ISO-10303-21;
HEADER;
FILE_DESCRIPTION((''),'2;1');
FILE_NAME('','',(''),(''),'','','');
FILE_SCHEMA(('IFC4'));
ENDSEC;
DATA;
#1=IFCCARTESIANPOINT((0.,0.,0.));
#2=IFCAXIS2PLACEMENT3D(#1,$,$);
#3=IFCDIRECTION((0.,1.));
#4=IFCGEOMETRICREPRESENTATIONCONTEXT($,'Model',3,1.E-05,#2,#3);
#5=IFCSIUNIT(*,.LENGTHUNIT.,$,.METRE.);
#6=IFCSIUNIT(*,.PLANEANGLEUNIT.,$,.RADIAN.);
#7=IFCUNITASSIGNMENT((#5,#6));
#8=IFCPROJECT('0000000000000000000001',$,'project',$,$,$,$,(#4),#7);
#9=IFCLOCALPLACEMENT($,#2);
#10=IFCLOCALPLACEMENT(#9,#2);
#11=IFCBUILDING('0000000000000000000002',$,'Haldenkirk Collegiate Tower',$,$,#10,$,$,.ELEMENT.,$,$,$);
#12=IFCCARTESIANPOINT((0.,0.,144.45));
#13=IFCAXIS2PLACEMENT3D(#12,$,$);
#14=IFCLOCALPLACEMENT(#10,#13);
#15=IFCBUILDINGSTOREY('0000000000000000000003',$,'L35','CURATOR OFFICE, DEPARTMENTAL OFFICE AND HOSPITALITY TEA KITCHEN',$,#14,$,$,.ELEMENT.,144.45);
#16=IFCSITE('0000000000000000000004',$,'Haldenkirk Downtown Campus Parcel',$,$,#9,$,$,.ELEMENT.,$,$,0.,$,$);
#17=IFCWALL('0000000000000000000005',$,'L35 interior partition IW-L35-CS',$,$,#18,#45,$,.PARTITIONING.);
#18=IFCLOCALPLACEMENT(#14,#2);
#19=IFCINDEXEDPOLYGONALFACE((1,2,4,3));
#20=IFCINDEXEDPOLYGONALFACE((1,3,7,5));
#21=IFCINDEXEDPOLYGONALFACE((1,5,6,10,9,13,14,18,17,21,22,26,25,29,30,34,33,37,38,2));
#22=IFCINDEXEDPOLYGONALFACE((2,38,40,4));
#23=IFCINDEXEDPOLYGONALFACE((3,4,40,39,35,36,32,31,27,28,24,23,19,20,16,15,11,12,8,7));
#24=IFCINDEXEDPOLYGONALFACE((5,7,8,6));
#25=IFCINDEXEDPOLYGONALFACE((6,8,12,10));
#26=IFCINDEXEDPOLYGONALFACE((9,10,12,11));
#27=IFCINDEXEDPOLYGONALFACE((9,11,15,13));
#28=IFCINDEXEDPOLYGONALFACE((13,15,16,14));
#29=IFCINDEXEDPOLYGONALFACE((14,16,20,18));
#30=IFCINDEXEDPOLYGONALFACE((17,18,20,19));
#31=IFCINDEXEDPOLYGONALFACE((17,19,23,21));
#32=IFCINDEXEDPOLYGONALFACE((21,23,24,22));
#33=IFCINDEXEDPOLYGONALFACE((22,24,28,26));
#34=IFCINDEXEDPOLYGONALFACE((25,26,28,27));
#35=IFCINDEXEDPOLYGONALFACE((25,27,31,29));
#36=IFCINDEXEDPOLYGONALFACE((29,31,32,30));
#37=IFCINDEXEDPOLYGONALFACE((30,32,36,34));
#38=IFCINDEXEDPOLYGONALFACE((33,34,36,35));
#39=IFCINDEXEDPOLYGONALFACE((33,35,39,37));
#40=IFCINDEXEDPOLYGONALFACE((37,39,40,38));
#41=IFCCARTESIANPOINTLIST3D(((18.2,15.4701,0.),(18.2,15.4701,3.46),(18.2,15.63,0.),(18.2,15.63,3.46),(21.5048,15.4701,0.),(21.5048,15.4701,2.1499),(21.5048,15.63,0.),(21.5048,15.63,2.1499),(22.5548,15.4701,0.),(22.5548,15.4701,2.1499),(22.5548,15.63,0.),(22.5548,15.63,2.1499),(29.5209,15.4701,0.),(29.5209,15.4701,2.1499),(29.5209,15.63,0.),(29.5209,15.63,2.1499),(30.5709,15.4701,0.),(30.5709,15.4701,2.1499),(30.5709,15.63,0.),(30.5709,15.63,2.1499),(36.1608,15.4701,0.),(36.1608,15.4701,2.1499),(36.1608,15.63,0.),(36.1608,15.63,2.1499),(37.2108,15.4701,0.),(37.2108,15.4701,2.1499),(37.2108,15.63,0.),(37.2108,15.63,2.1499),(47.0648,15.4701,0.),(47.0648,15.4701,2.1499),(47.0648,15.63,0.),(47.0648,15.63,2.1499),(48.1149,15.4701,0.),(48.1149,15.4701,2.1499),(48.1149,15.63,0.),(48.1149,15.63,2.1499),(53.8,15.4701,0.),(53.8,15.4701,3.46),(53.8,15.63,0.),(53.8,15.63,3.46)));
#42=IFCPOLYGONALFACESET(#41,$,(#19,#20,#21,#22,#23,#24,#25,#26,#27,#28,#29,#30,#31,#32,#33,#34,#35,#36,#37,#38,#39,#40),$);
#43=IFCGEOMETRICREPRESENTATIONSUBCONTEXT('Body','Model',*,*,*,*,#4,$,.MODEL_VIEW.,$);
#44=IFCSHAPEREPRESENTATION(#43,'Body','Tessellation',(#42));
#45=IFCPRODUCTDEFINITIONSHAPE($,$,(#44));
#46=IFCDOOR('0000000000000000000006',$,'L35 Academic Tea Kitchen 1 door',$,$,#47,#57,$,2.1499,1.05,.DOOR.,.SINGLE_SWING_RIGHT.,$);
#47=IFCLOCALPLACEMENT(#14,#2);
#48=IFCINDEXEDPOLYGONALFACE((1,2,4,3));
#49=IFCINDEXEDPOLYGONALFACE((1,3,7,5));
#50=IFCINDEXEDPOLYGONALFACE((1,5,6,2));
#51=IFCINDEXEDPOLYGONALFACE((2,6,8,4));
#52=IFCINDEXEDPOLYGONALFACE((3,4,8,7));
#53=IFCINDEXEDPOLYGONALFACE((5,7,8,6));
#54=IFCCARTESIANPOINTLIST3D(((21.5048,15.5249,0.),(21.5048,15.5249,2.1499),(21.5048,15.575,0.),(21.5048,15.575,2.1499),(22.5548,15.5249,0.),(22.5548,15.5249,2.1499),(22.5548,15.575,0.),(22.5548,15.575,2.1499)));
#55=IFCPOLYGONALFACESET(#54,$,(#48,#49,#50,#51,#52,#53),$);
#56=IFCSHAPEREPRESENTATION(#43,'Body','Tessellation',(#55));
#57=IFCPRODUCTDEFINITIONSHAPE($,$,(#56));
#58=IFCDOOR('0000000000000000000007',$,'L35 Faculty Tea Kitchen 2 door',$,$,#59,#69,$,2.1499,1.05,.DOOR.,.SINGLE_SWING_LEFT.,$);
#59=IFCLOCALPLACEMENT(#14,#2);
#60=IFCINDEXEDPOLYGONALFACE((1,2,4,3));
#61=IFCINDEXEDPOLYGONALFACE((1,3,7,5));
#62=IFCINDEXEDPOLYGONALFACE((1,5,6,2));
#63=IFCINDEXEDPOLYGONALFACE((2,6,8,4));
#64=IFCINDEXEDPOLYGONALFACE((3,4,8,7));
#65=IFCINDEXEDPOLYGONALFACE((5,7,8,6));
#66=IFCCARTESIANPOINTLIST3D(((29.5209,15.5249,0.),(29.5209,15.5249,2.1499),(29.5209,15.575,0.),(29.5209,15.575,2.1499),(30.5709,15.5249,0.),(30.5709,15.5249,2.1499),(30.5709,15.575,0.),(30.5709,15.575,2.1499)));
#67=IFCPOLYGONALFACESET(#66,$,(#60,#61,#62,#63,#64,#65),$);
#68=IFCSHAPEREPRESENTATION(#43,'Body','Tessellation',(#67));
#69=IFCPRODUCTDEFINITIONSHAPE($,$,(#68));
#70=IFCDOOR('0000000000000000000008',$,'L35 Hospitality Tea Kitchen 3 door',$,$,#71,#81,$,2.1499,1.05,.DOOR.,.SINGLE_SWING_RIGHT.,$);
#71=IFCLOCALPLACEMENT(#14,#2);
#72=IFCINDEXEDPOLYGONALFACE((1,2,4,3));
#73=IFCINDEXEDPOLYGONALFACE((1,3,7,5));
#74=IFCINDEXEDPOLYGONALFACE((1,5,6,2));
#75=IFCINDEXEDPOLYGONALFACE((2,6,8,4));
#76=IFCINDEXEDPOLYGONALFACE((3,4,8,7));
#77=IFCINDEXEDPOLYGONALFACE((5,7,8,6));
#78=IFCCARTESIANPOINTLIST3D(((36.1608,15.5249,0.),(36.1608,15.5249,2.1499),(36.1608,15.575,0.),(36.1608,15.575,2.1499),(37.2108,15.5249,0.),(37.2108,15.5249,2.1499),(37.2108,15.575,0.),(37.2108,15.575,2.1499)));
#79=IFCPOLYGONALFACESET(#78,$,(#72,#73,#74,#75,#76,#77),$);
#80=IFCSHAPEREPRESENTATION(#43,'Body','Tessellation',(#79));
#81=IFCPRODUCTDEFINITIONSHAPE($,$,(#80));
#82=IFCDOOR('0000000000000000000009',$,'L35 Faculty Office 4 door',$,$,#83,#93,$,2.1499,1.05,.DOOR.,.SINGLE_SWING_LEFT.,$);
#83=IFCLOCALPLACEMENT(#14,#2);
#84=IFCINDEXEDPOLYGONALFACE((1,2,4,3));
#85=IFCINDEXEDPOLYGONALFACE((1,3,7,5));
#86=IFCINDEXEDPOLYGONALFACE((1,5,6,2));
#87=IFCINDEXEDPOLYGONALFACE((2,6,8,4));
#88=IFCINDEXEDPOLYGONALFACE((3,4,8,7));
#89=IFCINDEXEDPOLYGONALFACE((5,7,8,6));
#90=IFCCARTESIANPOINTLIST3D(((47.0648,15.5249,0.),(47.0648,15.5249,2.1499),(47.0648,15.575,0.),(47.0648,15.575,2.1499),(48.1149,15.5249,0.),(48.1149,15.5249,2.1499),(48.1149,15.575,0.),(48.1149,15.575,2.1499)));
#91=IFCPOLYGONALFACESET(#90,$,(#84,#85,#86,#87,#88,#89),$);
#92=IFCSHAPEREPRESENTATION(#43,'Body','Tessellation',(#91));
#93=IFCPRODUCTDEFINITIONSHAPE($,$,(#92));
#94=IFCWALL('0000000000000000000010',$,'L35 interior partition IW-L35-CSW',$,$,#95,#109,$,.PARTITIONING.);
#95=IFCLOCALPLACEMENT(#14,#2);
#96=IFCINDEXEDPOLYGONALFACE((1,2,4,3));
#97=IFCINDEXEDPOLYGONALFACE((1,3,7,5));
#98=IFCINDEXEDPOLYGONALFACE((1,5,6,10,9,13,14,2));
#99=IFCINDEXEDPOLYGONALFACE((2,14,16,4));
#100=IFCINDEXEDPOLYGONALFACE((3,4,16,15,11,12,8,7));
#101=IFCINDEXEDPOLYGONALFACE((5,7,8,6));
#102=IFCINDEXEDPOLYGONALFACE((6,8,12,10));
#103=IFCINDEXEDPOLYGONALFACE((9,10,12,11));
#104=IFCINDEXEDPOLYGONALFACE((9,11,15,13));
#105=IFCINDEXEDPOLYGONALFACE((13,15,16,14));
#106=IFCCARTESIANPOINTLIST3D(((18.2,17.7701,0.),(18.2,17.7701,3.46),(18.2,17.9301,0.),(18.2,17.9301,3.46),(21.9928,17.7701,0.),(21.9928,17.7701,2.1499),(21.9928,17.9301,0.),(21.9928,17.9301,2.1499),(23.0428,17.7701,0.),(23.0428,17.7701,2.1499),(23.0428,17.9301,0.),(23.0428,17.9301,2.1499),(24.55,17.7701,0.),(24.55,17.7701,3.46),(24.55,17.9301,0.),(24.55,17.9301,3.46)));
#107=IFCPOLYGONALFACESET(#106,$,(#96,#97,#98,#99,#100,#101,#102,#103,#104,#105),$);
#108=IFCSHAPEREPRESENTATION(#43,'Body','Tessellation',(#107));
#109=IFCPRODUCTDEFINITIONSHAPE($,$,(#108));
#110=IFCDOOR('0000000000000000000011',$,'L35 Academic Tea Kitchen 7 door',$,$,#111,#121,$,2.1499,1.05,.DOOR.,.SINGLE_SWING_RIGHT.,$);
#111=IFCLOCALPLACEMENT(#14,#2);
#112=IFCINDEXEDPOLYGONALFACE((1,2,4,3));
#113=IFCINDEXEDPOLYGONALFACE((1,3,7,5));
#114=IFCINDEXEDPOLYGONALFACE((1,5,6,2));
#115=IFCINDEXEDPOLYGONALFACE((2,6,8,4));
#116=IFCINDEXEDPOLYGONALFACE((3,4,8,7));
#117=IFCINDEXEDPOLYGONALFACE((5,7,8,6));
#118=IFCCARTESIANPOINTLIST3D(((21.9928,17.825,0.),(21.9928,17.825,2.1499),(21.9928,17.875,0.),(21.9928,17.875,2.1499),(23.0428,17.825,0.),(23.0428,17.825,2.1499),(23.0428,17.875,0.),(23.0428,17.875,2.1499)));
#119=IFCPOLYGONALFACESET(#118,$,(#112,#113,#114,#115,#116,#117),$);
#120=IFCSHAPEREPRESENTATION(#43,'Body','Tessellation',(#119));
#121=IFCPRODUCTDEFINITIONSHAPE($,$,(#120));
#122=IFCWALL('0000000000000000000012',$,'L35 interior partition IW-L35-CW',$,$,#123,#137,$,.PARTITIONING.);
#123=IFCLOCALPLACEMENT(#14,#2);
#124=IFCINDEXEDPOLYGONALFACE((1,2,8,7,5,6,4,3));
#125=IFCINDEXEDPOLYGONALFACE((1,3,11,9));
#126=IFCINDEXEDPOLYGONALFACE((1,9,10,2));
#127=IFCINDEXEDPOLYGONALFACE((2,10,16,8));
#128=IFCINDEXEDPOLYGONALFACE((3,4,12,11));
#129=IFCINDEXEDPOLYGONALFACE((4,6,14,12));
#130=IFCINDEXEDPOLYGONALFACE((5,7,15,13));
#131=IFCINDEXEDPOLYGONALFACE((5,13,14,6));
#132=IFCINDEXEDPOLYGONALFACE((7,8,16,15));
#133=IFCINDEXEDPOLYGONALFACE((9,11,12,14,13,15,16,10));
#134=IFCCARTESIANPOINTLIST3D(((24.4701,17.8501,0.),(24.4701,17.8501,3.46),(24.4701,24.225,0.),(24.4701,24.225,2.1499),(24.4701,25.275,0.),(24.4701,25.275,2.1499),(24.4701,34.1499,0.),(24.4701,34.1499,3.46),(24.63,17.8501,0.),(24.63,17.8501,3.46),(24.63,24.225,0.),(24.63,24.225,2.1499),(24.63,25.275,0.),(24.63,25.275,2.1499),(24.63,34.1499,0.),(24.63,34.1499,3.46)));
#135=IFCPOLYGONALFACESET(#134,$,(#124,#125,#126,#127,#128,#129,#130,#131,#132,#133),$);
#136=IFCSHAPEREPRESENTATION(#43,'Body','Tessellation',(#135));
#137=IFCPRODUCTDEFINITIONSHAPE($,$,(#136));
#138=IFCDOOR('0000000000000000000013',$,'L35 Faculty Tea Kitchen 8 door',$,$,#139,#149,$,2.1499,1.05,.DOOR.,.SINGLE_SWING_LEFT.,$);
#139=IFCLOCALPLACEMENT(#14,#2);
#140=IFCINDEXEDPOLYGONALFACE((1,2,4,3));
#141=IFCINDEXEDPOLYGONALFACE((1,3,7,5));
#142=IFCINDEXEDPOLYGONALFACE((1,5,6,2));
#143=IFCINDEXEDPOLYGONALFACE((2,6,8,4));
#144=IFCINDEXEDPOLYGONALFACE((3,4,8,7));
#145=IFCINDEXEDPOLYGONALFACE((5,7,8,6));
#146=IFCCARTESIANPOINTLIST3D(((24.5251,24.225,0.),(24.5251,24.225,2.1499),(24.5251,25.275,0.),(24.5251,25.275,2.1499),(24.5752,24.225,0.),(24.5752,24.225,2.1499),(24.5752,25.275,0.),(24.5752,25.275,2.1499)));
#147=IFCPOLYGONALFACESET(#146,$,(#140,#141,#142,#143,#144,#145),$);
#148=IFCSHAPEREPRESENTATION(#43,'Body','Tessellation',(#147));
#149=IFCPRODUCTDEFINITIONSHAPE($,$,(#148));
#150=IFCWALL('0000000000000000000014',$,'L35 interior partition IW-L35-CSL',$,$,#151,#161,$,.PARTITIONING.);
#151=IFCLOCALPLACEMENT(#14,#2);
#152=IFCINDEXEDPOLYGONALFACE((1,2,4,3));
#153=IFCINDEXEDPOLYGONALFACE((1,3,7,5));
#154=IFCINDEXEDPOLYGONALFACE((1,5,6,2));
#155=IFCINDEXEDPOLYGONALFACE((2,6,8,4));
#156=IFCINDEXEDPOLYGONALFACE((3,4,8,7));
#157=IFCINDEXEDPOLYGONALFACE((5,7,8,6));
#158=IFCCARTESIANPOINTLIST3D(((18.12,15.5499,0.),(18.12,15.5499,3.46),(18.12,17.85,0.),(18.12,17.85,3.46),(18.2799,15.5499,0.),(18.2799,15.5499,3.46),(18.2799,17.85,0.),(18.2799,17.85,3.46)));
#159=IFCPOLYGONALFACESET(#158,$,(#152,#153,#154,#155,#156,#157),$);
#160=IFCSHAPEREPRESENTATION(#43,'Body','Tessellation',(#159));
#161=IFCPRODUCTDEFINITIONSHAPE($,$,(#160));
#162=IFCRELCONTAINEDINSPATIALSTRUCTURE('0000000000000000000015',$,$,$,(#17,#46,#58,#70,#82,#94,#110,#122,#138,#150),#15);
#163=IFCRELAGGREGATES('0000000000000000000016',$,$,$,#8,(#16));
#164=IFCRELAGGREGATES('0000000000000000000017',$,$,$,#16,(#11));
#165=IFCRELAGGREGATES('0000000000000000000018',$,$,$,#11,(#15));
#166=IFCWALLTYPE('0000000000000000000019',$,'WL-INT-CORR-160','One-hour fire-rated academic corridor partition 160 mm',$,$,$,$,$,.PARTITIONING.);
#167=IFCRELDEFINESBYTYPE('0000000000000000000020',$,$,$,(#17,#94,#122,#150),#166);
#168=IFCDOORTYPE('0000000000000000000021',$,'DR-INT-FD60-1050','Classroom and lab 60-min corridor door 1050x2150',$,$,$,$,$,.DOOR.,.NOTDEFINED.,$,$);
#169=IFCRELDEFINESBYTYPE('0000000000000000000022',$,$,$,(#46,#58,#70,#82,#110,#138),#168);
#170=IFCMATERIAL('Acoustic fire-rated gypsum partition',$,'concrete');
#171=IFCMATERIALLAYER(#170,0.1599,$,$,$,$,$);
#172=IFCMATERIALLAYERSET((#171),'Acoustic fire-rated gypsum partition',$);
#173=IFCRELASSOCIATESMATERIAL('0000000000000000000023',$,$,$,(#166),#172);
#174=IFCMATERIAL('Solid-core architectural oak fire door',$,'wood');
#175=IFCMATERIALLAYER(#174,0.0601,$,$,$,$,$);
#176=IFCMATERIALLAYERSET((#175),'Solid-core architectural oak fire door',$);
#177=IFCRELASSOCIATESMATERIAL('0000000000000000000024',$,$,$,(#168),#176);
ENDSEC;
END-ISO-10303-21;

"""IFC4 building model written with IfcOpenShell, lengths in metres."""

from ifc_helpers import new_model, si_unit, direction, frame, frame_2d, origin, place, context, subcontext, project, spatial, rectangle, extrude, material, layer, layer_set, type_object, element, fill, save


model = new_model("IFC4")

# Units and contexts
model_context = context("Model", 3, precision=1e-05, world=origin(), true_north=direction((0.0, 1.0)))
body_context = subcontext(model_context, "Body", "Model", "MODEL_VIEW")
ifc_project = project(units=[si_unit("LENGTHUNIT", "METRE"), si_unit("PLANEANGLEUNIT", "RADIAN")], contexts=[model_context])

# Site, building, storey
site_placement = place(None, origin())
site = spatial("IfcSite", under=ifc_project, at=site_placement, Name="Haldenkirk Downtown Campus Parcel", CompositionType="ELEMENT", RefElevation=0.0)
building_placement = place(site_placement, origin())
building = spatial("IfcBuilding", under=site, at=building_placement, Name="Haldenkirk Collegiate Tower", CompositionType="ELEMENT")
storey_placement = place(building_placement, frame((0.0, 0.0, 144.45)))
storey = spatial("IfcBuildingStorey", under=building, at=storey_placement, Name="L35", Description="CURATOR OFFICE, DEPARTMENTAL OFFICE AND HOSPITALITY TEA KITCHEN", CompositionType="ELEMENT", Elevation=144.45)

# Wall, openings, doors
ifc_material_1 = material(Name="Acoustic fire-rated gypsum partition", Category="concrete")
ifc_layer_1 = layer(ifc_material_1, 0.1599)
ifc_layer_set_1 = layer_set([ifc_layer_1], Name="Acoustic fire-rated gypsum partition")
wall_type_1 = type_object("IfcWallType", Name="WL-INT-CORR-160", Description="One-hour fire-rated academic corridor partition 160 mm", PredefinedType="PARTITIONING", material=ifc_layer_set_1)
wall_1_placement = place(storey_placement, frame((18.2, 15.55, 0.0), z_axis=(0.0, 0.0, 1.0), x_axis=(1.0, 0.0, 0.0)))
wall_1 = element("IfcWall", 1, at=wall_1_placement, inside=storey, type_object=wall_type_1, Name="L35 interior partition IW-L35-CS", PredefinedType="PARTITIONING", context=body_context, shape_type="SweptSolid", body=[
    extrude(rectangle(XDim=35.6001, YDim=0.1599, at=frame_2d((17.8, 0.0))), origin(), (0.0, 0.0, 1.0), 3.46),
])
opening_1_placement = place(wall_1_placement, frame((3.3049, 0.0, 0.0)))
opening_1 = element("IfcOpeningElement", 2, at=opening_1_placement, cuts=wall_1, PredefinedType="OPENING", context=body_context, shape_type="SweptSolid", body=[
    extrude(rectangle(XDim=1.05, YDim=2.1499, at=frame_2d((0.5249, 1.075))), frame((0.0, 0.0898, 0.0), z_axis=(0.0, -1.0, 0.0), x_axis=(1.0, 0.0, 0.0)), (0.0, 0.0, 1.0), 0.1799),
])
opening_2_placement = place(wall_1_placement, frame((11.321, 0.0, 0.0)))
opening_2 = element("IfcOpeningElement", 3, at=opening_2_placement, cuts=wall_1, PredefinedType="OPENING", context=body_context, shape_type="SweptSolid", body=[
    extrude(rectangle(XDim=1.05, YDim=2.1499, at=frame_2d((0.5249, 1.075))), frame((0.0, 0.0898, 0.0), z_axis=(0.0, -1.0, 0.0), x_axis=(1.0, 0.0, 0.0)), (0.0, 0.0, 1.0), 0.1799),
])
opening_3_placement = place(wall_1_placement, frame((17.9609, 0.0, 0.0)))
opening_3 = element("IfcOpeningElement", 4, at=opening_3_placement, cuts=wall_1, PredefinedType="OPENING", context=body_context, shape_type="SweptSolid", body=[
    extrude(rectangle(XDim=1.05, YDim=2.1499, at=frame_2d((0.5249, 1.075))), frame((0.0, 0.0898, 0.0), z_axis=(0.0, -1.0, 0.0), x_axis=(1.0, 0.0, 0.0)), (0.0, 0.0, 1.0), 0.1799),
])
opening_4_placement = place(wall_1_placement, frame((28.865, 0.0, 0.0)))
opening_4 = element("IfcOpeningElement", 5, at=opening_4_placement, cuts=wall_1, PredefinedType="OPENING", context=body_context, shape_type="SweptSolid", body=[
    extrude(rectangle(XDim=1.05, YDim=2.1499, at=frame_2d((0.5249, 1.075))), frame((0.0, 0.0898, 0.0), z_axis=(0.0, -1.0, 0.0), x_axis=(1.0, 0.0, 0.0)), (0.0, 0.0, 1.0), 0.1799),
])
ifc_material_2 = material(Name="Solid-core architectural oak fire door", Category="wood")
ifc_layer_2 = layer(ifc_material_2, 0.0601)
ifc_layer_set_2 = layer_set([ifc_layer_2], Name="Solid-core architectural oak fire door")
door_type_1 = type_object("IfcDoorType", Name="DR-INT-FD60-1050", Description="Classroom and lab 60-min corridor door 1050x2150", OperationType="NOTDEFINED", PredefinedType="DOOR", material=ifc_layer_set_2)
door_1_placement = place(opening_1_placement, origin())
door_1 = element("IfcDoor", 6, at=door_1_placement, inside=storey, type_object=door_type_1, Name="L35 Academic Tea Kitchen 1 door", OperationType="SINGLE_SWING_RIGHT", OverallHeight=2.1499, OverallWidth=1.05, PredefinedType="DOOR", context=body_context, shape_type="SweptSolid", body=[
    extrude(rectangle(XDim=1.05, YDim=2.1499, at=frame_2d((0.5249, 1.075))), frame((0.0, 0.0249, 0.0), z_axis=(0.0, -1.0, 0.0), x_axis=(1.0, 0.0, 0.0)), (0.0, 0.0, 1.0), 0.05),
])
fill(opening_1, door_1)
door_2_placement = place(opening_2_placement, origin())
door_2 = element("IfcDoor", 7, at=door_2_placement, inside=storey, type_object=door_type_1, Name="L35 Faculty Tea Kitchen 2 door", OperationType="SINGLE_SWING_LEFT", OverallHeight=2.1499, OverallWidth=1.05, PredefinedType="DOOR", context=body_context, shape_type="SweptSolid", body=[
    extrude(rectangle(XDim=1.05, YDim=2.1499, at=frame_2d((0.5249, 1.075))), frame((0.0, 0.0249, 0.0), z_axis=(0.0, -1.0, 0.0), x_axis=(1.0, 0.0, 0.0)), (0.0, 0.0, 1.0), 0.05),
])
fill(opening_2, door_2)
door_3_placement = place(opening_3_placement, origin())
door_3 = element("IfcDoor", 8, at=door_3_placement, inside=storey, type_object=door_type_1, Name="L35 Hospitality Tea Kitchen 3 door", OperationType="SINGLE_SWING_RIGHT", OverallHeight=2.1499, OverallWidth=1.05, PredefinedType="DOOR", context=body_context, shape_type="SweptSolid", body=[
    extrude(rectangle(XDim=1.05, YDim=2.1499, at=frame_2d((0.5249, 1.075))), frame((0.0, 0.0249, 0.0), z_axis=(0.0, -1.0, 0.0), x_axis=(1.0, 0.0, 0.0)), (0.0, 0.0, 1.0), 0.05),
])
fill(opening_3, door_3)
door_4_placement = place(opening_4_placement, origin())
door_4 = element("IfcDoor", 9, at=door_4_placement, inside=storey, type_object=door_type_1, Name="L35 Faculty Office 4 door", OperationType="SINGLE_SWING_LEFT", OverallHeight=2.1499, OverallWidth=1.05, PredefinedType="DOOR", context=body_context, shape_type="SweptSolid", body=[
    extrude(rectangle(XDim=1.05, YDim=2.1499, at=frame_2d((0.5249, 1.075))), frame((0.0, 0.0249, 0.0), z_axis=(0.0, -1.0, 0.0), x_axis=(1.0, 0.0, 0.0)), (0.0, 0.0, 1.0), 0.05),
])
fill(opening_4, door_4)

# Walls, openings, doors
wall_2_placement = place(storey_placement, frame((18.2, 17.8501, 0.0), z_axis=(0.0, 0.0, 1.0), x_axis=(1.0, 0.0, 0.0)))
wall_2 = element("IfcWall", 10, at=wall_2_placement, inside=storey, type_object=wall_type_1, Name="L35 interior partition IW-L35-CSW", PredefinedType="PARTITIONING", context=body_context, shape_type="SweptSolid", body=[
    extrude(rectangle(XDim=6.3501, YDim=0.1599, at=frame_2d((3.175, 0.0))), origin(), (0.0, 0.0, 1.0), 3.46),
])
opening_5_placement = place(wall_2_placement, frame((3.793, 0.0, 0.0)))
opening_5 = element("IfcOpeningElement", 11, at=opening_5_placement, cuts=wall_2, PredefinedType="OPENING", context=body_context, shape_type="SweptSolid", body=[
    extrude(rectangle(XDim=1.05, YDim=2.1499, at=frame_2d((0.5249, 1.075))), frame((0.0, 0.0898, 0.0), z_axis=(0.0, -1.0, 0.0), x_axis=(1.0, 0.0, 0.0)), (0.0, 0.0, 1.0), 0.1799),
])
door_5_placement = place(opening_5_placement, origin())
door_5 = element("IfcDoor", 12, at=door_5_placement, inside=storey, type_object=door_type_1, Name="L35 Academic Tea Kitchen 7 door", OperationType="SINGLE_SWING_RIGHT", OverallHeight=2.1499, OverallWidth=1.05, PredefinedType="DOOR", context=body_context, shape_type="SweptSolid", body=[
    extrude(rectangle(XDim=1.05, YDim=2.1499, at=frame_2d((0.5249, 1.075))), frame((0.0, 0.0249, 0.0), z_axis=(0.0, -1.0, 0.0), x_axis=(1.0, 0.0, 0.0)), (0.0, 0.0, 1.0), 0.05),
])
fill(opening_5, door_5)
wall_3_placement = place(storey_placement, frame((24.55, 17.8501, 0.0), z_axis=(0.0, 0.0, 1.0), x_axis=(0.0, 1.0, 0.0)))
wall_3 = element("IfcWall", 13, at=wall_3_placement, inside=storey, type_object=wall_type_1, Name="L35 interior partition IW-L35-CW", PredefinedType="PARTITIONING", context=body_context, shape_type="SweptSolid", body=[
    extrude(rectangle(XDim=16.2998, YDim=0.1599, at=frame_2d((8.1499, 0.0))), origin(), (0.0, 0.0, 1.0), 3.46),
])
opening_6_placement = place(wall_3_placement, frame((6.375, 0.0, 0.0)))
opening_6 = element("IfcOpeningElement", 14, at=opening_6_placement, cuts=wall_3, PredefinedType="OPENING", context=body_context, shape_type="SweptSolid", body=[
    extrude(rectangle(XDim=1.05, YDim=2.1499, at=frame_2d((0.5249, 1.075))), frame((0.0, 0.0898, 0.0), z_axis=(0.0, -1.0, 0.0), x_axis=(1.0, 0.0, 0.0)), (0.0, 0.0, 1.0), 0.1799),
])
door_6_placement = place(opening_6_placement, origin())
door_6 = element("IfcDoor", 15, at=door_6_placement, inside=storey, type_object=door_type_1, Name="L35 Faculty Tea Kitchen 8 door", OperationType="SINGLE_SWING_LEFT", OverallHeight=2.1499, OverallWidth=1.05, PredefinedType="DOOR", context=body_context, shape_type="SweptSolid", body=[
    extrude(rectangle(XDim=1.05, YDim=2.1499, at=frame_2d((0.5249, 1.075))), frame((0.0, 0.0249, 0.0), z_axis=(0.0, -1.0, 0.0), x_axis=(1.0, 0.0, 0.0)), (0.0, 0.0, 1.0), 0.05),
])
fill(opening_6, door_6)

# Wall
wall_4_placement = place(storey_placement, frame((18.2, 15.55, 0.0), z_axis=(0.0, 0.0, 1.0), x_axis=(0.0, 1.0, 0.0)))
element("IfcWall", 16, at=wall_4_placement, inside=storey, type_object=wall_type_1, Name="L35 interior partition IW-L35-CSL", PredefinedType="PARTITIONING", context=body_context, shape_type="SweptSolid", body=[
    extrude(rectangle(XDim=2.3, YDim=0.1599, at=frame_2d((1.1499, 0.0))), origin(), (0.0, 0.0, 1.0), 3.46),
])

save(model, "model.ifc")
